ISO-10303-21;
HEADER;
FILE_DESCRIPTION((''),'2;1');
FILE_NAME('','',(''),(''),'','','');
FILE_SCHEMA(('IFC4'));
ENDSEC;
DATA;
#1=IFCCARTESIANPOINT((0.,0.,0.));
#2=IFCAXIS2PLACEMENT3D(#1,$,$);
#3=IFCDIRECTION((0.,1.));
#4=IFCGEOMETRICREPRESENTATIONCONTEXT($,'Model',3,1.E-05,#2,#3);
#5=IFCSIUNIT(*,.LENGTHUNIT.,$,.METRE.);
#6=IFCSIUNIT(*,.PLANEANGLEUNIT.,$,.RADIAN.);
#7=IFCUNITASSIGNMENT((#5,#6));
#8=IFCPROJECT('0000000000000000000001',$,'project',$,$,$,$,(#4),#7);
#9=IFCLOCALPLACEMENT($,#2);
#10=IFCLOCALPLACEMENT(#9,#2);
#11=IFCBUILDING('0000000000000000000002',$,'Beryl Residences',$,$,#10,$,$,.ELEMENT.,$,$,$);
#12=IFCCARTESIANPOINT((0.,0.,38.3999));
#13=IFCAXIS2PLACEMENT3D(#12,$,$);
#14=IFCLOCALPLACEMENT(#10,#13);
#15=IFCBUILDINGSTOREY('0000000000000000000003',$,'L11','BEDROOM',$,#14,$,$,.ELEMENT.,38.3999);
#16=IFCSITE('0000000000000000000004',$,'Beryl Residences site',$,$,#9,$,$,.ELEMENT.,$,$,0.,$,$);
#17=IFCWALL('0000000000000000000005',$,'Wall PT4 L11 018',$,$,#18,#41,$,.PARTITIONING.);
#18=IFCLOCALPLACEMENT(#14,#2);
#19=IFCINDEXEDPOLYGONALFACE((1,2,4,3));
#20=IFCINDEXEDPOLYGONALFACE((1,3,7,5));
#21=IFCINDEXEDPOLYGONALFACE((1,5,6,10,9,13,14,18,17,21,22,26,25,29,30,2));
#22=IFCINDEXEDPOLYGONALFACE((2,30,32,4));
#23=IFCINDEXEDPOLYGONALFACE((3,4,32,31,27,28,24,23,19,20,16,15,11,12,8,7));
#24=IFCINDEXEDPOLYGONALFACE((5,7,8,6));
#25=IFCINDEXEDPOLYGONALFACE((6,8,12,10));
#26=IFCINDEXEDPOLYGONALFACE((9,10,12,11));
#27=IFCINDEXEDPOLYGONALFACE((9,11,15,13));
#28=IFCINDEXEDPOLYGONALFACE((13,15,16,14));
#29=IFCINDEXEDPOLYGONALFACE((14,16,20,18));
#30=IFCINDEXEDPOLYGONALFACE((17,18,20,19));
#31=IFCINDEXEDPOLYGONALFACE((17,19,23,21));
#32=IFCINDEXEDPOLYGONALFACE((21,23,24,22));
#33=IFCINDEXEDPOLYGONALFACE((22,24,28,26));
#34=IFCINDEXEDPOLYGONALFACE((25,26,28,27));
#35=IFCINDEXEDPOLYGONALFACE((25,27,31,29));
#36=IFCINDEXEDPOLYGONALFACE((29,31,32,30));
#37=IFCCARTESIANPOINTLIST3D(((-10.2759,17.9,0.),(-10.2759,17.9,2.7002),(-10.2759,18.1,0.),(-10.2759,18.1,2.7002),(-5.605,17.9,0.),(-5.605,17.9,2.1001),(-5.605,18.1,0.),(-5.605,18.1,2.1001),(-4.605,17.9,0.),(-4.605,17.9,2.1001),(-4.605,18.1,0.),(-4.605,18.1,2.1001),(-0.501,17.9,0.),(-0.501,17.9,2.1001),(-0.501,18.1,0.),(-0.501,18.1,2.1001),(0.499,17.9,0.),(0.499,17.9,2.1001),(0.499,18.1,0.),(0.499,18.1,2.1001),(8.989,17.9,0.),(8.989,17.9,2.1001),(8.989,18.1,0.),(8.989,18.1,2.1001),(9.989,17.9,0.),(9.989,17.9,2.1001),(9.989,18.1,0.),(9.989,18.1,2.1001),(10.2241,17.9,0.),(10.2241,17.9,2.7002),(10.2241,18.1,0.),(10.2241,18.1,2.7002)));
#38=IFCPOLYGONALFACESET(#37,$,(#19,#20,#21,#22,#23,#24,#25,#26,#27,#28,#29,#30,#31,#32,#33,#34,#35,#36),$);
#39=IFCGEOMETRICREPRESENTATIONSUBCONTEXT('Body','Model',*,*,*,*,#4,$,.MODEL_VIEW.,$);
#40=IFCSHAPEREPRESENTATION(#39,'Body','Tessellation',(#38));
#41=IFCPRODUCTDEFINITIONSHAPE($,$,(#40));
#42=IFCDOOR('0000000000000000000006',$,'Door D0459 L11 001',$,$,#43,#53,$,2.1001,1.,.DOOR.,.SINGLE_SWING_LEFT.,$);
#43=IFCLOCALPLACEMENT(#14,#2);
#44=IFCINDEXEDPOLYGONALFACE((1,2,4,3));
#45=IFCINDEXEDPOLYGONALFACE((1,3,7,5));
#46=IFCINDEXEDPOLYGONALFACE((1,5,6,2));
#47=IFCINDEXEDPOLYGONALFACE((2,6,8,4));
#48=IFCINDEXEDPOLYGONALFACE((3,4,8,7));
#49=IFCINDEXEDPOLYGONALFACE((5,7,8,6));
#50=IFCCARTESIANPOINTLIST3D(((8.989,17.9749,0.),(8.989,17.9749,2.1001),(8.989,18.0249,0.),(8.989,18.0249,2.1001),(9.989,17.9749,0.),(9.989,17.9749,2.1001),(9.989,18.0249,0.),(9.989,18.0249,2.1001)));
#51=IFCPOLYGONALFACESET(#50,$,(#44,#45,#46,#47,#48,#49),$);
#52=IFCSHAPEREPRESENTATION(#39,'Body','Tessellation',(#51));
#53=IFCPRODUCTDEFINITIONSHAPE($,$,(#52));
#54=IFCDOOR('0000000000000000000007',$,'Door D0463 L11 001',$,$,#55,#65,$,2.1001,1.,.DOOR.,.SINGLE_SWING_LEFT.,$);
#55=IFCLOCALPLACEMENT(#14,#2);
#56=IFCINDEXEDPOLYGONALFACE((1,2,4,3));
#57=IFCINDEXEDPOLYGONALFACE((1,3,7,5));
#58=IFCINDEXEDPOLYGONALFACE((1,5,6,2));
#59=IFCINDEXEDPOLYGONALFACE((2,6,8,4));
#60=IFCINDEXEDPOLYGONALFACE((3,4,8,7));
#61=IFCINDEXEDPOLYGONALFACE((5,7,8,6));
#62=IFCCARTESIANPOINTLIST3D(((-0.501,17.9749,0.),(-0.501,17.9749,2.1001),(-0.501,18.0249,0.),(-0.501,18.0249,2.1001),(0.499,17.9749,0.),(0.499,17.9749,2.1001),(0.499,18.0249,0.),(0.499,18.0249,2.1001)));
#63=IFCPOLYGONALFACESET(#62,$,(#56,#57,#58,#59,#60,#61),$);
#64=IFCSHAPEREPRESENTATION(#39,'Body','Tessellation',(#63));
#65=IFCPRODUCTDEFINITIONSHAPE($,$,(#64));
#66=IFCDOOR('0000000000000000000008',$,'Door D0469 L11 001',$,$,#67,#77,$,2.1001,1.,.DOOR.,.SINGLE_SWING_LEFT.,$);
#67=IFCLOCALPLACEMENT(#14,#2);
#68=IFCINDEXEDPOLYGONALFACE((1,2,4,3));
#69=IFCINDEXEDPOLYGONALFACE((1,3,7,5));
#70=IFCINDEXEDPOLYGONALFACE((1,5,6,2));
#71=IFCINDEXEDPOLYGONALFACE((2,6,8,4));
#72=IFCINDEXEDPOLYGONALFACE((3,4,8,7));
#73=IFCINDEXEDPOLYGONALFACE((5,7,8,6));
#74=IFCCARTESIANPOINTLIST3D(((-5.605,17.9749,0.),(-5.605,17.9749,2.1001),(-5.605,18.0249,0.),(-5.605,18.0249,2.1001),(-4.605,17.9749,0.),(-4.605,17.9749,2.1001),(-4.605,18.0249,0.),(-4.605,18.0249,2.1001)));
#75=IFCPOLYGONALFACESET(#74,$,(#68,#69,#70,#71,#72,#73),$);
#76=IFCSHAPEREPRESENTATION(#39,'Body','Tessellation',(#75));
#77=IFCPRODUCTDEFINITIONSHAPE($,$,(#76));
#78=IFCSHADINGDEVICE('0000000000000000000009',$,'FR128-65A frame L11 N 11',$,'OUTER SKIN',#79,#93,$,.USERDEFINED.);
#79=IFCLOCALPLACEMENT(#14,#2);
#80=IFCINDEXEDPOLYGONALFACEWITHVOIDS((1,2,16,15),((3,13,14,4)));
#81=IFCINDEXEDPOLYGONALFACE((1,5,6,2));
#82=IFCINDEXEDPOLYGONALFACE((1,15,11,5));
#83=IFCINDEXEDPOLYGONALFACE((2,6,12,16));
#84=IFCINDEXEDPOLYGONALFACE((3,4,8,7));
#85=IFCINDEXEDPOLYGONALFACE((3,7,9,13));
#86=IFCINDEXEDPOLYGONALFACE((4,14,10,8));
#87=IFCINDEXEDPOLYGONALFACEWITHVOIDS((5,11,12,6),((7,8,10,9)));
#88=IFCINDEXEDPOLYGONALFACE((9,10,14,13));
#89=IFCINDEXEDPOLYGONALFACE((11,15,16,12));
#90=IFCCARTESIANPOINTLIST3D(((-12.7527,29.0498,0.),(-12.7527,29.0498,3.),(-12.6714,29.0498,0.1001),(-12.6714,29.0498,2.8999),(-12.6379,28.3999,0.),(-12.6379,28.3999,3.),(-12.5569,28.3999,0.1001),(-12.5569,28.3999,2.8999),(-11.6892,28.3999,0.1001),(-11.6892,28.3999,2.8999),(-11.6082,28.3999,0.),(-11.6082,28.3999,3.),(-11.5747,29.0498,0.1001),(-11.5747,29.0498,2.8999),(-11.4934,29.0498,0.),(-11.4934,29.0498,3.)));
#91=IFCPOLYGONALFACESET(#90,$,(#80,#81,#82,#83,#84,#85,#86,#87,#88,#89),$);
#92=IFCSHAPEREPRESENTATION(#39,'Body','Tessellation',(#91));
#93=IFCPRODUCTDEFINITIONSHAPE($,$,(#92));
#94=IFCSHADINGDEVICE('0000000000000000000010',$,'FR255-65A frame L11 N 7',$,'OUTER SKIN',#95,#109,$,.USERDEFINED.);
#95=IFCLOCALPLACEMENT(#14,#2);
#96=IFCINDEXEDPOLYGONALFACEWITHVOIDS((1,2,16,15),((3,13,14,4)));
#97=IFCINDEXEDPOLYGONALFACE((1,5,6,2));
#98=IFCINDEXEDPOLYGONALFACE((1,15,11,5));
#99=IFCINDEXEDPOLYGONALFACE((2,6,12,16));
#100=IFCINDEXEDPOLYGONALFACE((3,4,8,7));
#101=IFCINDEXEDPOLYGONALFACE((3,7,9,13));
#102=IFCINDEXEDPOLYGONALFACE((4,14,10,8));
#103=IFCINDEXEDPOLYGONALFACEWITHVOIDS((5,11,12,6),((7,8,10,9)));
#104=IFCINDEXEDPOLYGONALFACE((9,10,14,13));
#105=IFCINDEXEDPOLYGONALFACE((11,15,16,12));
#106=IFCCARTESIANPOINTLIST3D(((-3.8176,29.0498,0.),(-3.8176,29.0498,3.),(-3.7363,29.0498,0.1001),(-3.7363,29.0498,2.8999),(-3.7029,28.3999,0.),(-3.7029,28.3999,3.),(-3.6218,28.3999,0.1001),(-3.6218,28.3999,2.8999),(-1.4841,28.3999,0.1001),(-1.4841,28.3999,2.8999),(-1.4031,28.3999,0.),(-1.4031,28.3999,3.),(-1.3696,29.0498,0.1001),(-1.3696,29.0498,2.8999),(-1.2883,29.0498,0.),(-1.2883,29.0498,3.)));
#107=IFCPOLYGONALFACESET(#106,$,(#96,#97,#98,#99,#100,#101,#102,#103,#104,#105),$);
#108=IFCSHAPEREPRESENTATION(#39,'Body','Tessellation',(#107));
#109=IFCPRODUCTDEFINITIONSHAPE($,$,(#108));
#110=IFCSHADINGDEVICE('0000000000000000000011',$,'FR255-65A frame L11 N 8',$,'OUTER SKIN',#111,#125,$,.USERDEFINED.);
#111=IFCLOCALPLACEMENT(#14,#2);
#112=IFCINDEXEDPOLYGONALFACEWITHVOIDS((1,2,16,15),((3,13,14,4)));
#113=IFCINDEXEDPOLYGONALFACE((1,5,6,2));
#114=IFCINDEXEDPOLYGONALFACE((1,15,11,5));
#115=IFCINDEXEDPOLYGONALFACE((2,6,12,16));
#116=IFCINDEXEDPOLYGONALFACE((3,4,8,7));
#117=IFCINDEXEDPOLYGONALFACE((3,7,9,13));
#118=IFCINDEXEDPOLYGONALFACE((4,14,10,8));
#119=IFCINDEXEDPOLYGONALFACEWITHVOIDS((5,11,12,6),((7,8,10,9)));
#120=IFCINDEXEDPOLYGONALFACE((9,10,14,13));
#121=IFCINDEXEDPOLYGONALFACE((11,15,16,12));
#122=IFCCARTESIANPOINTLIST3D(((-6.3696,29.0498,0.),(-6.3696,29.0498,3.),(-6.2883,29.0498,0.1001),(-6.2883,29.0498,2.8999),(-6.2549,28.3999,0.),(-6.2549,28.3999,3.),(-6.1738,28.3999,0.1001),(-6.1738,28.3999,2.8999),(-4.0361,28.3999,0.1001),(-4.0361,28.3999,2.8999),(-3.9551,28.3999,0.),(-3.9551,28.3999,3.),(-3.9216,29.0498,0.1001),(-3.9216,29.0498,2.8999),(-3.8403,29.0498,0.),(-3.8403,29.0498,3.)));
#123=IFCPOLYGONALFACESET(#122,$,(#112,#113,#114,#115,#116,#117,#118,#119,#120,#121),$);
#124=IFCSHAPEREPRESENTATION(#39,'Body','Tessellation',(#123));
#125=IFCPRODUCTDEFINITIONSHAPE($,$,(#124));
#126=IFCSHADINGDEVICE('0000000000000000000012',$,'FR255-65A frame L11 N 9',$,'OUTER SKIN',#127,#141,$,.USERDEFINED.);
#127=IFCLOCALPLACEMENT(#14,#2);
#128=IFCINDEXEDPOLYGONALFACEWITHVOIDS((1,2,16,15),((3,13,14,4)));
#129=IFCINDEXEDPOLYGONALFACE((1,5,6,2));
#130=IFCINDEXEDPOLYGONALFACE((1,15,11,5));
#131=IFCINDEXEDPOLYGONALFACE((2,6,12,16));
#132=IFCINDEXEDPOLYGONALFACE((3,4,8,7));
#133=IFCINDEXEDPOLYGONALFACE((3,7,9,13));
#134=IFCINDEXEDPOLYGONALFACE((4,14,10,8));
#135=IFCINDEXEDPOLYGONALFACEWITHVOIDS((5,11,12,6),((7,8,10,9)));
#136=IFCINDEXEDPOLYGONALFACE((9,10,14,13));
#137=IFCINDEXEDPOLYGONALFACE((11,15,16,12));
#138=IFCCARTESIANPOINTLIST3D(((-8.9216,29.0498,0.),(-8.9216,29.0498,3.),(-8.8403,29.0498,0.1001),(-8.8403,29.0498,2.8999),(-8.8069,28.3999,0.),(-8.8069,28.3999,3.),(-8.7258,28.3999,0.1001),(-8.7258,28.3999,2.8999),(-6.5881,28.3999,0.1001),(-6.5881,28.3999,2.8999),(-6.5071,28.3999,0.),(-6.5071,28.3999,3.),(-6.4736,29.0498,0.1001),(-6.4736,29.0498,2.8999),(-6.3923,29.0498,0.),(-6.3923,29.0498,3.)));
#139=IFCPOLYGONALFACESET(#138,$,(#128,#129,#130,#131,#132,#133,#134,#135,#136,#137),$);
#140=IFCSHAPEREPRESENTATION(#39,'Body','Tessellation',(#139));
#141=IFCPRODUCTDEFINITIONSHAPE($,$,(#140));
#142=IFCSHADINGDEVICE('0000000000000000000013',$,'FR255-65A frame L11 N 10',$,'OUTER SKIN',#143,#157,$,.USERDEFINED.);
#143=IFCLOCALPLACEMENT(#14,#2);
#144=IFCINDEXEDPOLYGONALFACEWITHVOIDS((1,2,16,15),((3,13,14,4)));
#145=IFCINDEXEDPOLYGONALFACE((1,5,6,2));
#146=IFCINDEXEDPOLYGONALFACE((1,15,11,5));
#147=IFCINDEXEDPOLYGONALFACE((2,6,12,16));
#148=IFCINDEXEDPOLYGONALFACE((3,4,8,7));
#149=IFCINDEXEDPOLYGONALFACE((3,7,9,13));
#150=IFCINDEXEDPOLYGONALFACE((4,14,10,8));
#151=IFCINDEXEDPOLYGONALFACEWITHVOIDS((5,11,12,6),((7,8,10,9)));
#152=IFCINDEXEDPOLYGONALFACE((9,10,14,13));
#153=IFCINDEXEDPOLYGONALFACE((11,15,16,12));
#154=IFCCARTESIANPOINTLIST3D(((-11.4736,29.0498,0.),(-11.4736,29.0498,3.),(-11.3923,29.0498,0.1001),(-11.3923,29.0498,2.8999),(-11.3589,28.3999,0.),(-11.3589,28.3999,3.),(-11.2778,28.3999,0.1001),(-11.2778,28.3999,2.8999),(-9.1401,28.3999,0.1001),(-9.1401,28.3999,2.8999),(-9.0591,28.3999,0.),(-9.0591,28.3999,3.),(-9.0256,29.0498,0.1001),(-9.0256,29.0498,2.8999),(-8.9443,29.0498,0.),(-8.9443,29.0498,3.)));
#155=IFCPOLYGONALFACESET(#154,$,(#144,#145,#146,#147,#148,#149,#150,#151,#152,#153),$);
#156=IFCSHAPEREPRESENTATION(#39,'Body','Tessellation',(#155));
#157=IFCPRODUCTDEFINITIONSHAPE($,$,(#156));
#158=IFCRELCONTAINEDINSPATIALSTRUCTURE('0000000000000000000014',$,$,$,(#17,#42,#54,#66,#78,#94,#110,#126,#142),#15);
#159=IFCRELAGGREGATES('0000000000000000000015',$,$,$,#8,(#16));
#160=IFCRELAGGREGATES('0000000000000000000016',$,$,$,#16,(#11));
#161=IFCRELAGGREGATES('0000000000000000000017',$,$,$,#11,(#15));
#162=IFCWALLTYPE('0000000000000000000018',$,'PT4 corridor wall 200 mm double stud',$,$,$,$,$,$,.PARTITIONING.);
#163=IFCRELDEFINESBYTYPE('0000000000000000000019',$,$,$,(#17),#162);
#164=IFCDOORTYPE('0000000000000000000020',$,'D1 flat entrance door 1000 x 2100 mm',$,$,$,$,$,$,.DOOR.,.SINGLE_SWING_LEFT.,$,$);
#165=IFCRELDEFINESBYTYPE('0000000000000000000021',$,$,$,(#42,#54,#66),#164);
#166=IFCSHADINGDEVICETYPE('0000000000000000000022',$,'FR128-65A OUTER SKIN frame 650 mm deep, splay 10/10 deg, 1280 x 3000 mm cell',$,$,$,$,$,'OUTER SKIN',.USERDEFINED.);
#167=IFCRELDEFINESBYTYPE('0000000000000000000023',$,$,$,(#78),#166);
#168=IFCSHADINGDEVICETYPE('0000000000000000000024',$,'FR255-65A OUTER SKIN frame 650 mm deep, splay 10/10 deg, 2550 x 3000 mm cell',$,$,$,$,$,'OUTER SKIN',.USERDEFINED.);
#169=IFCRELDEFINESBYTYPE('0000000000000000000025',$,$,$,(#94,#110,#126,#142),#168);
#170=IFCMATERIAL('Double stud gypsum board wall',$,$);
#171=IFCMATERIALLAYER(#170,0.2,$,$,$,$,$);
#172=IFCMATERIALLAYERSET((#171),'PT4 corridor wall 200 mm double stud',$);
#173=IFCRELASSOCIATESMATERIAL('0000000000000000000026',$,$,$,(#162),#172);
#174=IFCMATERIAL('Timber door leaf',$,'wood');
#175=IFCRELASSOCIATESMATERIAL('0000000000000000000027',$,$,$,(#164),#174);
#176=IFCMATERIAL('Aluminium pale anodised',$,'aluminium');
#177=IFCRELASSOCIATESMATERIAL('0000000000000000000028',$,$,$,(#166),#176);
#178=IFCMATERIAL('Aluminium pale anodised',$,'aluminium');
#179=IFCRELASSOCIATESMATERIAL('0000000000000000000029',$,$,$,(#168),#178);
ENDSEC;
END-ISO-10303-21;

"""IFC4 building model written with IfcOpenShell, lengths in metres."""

from ifc_helpers import new_model, entity, si_unit, direction, frame, frame_2d, origin, place, context, subcontext, project, spatial, rectangle, extrude, source, transform, mapped, material, layer, layer_set, type_object, type_shapes, element, fill, save


model = new_model("IFC4")

# Units and contexts
model_context = context("Model", 3, precision=1e-05, world=origin(), true_north=direction((0.0, 1.0)))
body_context = subcontext(model_context, "Body", "Model", "MODEL_VIEW")
ifc_project = project(units=[si_unit("LENGTHUNIT", "METRE"), si_unit("PLANEANGLEUNIT", "RADIAN")], contexts=[model_context])

# Site, building, storey
site_placement = place(None, origin())
site = spatial("IfcSite", under=ifc_project, at=site_placement, Name="Beryl Residences site", CompositionType="ELEMENT", RefElevation=0.0)
building_placement = place(site_placement, origin())
building = spatial("IfcBuilding", under=site, at=building_placement, Name="Beryl Residences", CompositionType="ELEMENT")
storey_placement = place(building_placement, frame((0.0, 0.0, 38.3999)))
storey = spatial("IfcBuildingStorey", under=building, at=storey_placement, Name="L11", Description="BEDROOM", CompositionType="ELEMENT", Elevation=38.3999)

# Shared definitions
ifc_material_1 = material(Name="Double stud gypsum board wall")
ifc_layer_1 = layer(ifc_material_1, 0.2)
ifc_layer_set_1 = layer_set([ifc_layer_1], Name="PT4 corridor wall 200 mm double stud")
wall_type_1 = type_object("IfcWallType", Name="PT4 corridor wall 200 mm double stud", PredefinedType="PARTITIONING", material=ifc_layer_set_1)

# Wall, openings, doors
wall_1_placement = place(storey_placement, frame((-10.2759, 18.0, 0.0), z_axis=(0.0, 0.0, 1.0), x_axis=(1.0, 0.0, 0.0)))
wall_1 = element("IfcWall", 1, at=wall_1_placement, inside=storey, type_object=wall_type_1, Name="Wall PT4 L11 018", PredefinedType="PARTITIONING", context=body_context, shape_type="SweptSolid", body=[
    extrude(rectangle(XDim=20.5, YDim=0.2, at=frame_2d((10.25, 0.0))), origin(), (0.0, 0.0, 1.0), 2.7002),
])
opening_1_placement = place(wall_1_placement, frame((19.2649, 0.0, 0.0)))
opening_1 = element("IfcOpeningElement", 2, at=opening_1_placement, cuts=wall_1, PredefinedType="OPENING", context=body_context, shape_type="SweptSolid", body=[
    extrude(rectangle(XDim=1.0, YDim=2.1001, at=frame_2d((0.5, 1.05))), frame((0.0, 0.1099, 0.0), z_axis=(0.0, -1.0, 0.0), x_axis=(1.0, 0.0, 0.0)), (0.0, 0.0, 1.0), 0.22),
])
opening_2_placement = place(wall_1_placement, frame((9.7749, 0.0, 0.0)))
opening_2 = element("IfcOpeningElement", 3, at=opening_2_placement, cuts=wall_1, PredefinedType="OPENING", context=body_context, shape_type="SweptSolid", body=[
    extrude(rectangle(XDim=1.0, YDim=2.1001, at=frame_2d((0.5, 1.05))), frame((0.0, 0.1099, 0.0), z_axis=(0.0, -1.0, 0.0), x_axis=(1.0, 0.0, 0.0)), (0.0, 0.0, 1.0), 0.22),
])
opening_3_placement = place(wall_1_placement, frame((4.6709, 0.0, 0.0)))
opening_3 = element("IfcOpeningElement", 4, at=opening_3_placement, cuts=wall_1, PredefinedType="OPENING", context=body_context, shape_type="SweptSolid", body=[
    extrude(rectangle(XDim=1.0, YDim=2.1001, at=frame_2d((0.5, 1.05))), frame((0.0, 0.1099, 0.0), z_axis=(0.0, -1.0, 0.0), x_axis=(1.0, 0.0, 0.0)), (0.0, 0.0, 1.0), 0.22),
])
ifc_material_2 = material(Name="Timber door leaf", Category="wood")
door_type_1 = type_object("IfcDoorType", Name="D1 flat entrance door 1000 x 2100 mm", OperationType="SINGLE_SWING_LEFT", PredefinedType="DOOR", material=ifc_material_2)
door_1_placement = place(opening_1_placement, origin())
door_1 = element("IfcDoor", 5, at=door_1_placement, inside=storey, type_object=door_type_1, Name="Door D0459 L11 001", OperationType="SINGLE_SWING_LEFT", OverallHeight=2.1001, OverallWidth=1.0, PredefinedType="DOOR", context=body_context, shape_type="SweptSolid", body=[
    extrude(rectangle(XDim=1.0, YDim=2.1001, at=frame_2d((0.5, 1.05))), frame((0.0, 0.0249, 0.0), z_axis=(0.0, -1.0, 0.0), x_axis=(1.0, 0.0, 0.0)), (0.0, 0.0, 1.0), 0.05),
])
fill(opening_1, door_1)
door_2_placement = place(opening_2_placement, origin())
door_2 = element("IfcDoor", 6, at=door_2_placement, inside=storey, type_object=door_type_1, Name="Door D0463 L11 001", OperationType="SINGLE_SWING_LEFT", OverallHeight=2.1001, OverallWidth=1.0, PredefinedType="DOOR", context=body_context, shape_type="SweptSolid", body=[
    extrude(rectangle(XDim=1.0, YDim=2.1001, at=frame_2d((0.5, 1.05))), frame((0.0, 0.0249, 0.0), z_axis=(0.0, -1.0, 0.0), x_axis=(1.0, 0.0, 0.0)), (0.0, 0.0, 1.0), 0.05),
])
fill(opening_2, door_2)
door_3_placement = place(opening_3_placement, origin())
door_3 = element("IfcDoor", 7, at=door_3_placement, inside=storey, type_object=door_type_1, Name="Door D0469 L11 001", OperationType="SINGLE_SWING_LEFT", OverallHeight=2.1001, OverallWidth=1.0, PredefinedType="DOOR", context=body_context, shape_type="SweptSolid", body=[
    extrude(rectangle(XDim=1.0, YDim=2.1001, at=frame_2d((0.5, 1.05))), frame((0.0, 0.0249, 0.0), z_axis=(0.0, -1.0, 0.0), x_axis=(1.0, 0.0, 0.0)), (0.0, 0.0, 1.0), 0.05),
])
fill(opening_3, door_3)

# Shading devices
ifc_material_3 = material(Name="Aluminium pale anodised", Category="aluminium")
shading_device_type_1 = type_object("IfcShadingDeviceType", Name="FR128-65A OUTER SKIN frame 650 mm deep, splay 10/10 deg, 1280 x 3000 mm cell", ElementType="OUTER SKIN", PredefinedType="USERDEFINED", material=ifc_material_3)
cartesian_point_1 = entity("IfcCartesianPoint", [-0.5149, 0.0])
cartesian_point_2 = entity("IfcCartesianPoint", [-0.4338, 0.1001])
cartesian_point_3 = entity("IfcCartesianPoint", [-0.6296, 0.0])
cartesian_point_4 = entity("IfcCartesianPoint", [-0.5483, 0.1001])
shared_shape_1 = source(origin(), body_context, "Body", "SweptSolid", [
    entity("IfcExtrudedAreaSolidTapered", entity("IfcArbitraryProfileDefWithVoids", "AREA", None, entity("IfcPolyline", [cartesian_point_1, entity("IfcCartesianPoint", [0.5149, 0.0]), entity("IfcCartesianPoint", [0.5149, 3.0]), entity("IfcCartesianPoint", [-0.5149, 3.0]), cartesian_point_1]), [entity("IfcPolyline", [cartesian_point_2, entity("IfcCartesianPoint", [0.4338, 0.1001]), entity("IfcCartesianPoint", [0.4338, 2.8999]), entity("IfcCartesianPoint", [-0.4338, 2.8999]), cartesian_point_2])]), entity("IfcAxis2Placement3D", entity("IfcCartesianPoint", [0.0, 0.0, 0.0]), entity("IfcDirection", [0.0, 1.0, 0.0]), entity("IfcDirection", [-1.0, 0.0, 0.0])), entity("IfcDirection", [0.0, 0.0, 1.0]), 0.6499, entity("IfcArbitraryProfileDefWithVoids", "AREA", None, entity("IfcPolyline", [cartesian_point_3, entity("IfcCartesianPoint", [0.6296, 0.0]), entity("IfcCartesianPoint", [0.6296, 3.0]), entity("IfcCartesianPoint", [-0.6296, 3.0]), cartesian_point_3]), [entity("IfcPolyline", [cartesian_point_4, entity("IfcCartesianPoint", [0.5483, 0.1001]), entity("IfcCartesianPoint", [0.5483, 2.8999]), entity("IfcCartesianPoint", [-0.5483, 2.8999]), cartesian_point_4])])),
])
type_shapes(shading_device_type_1, [shared_shape_1])
shading_device_placement = place(storey_placement, frame((-12.123, 28.3999, 0.0), z_axis=(0.0, 0.0, 1.0), x_axis=(1.0, 0.0, 0.0)))
element("IfcShadingDevice", 8, at=shading_device_placement, inside=storey, type_object=shading_device_type_1, Name="FR128-65A frame L11 N 11", ObjectType="OUTER SKIN", PredefinedType="USERDEFINED", context=body_context, shape_type="MappedRepresentation", body=[
    mapped(shared_shape_1, transform((0.0, 0.0, 0.0))),
])
ifc_material_4 = material(Name="Aluminium pale anodised", Category="aluminium")
shading_device_type_2 = type_object("IfcShadingDeviceType", Name="FR255-65A OUTER SKIN frame 650 mm deep, splay 10/10 deg, 2550 x 3000 mm cell", ElementType="OUTER SKIN", PredefinedType="USERDEFINED", material=ifc_material_4)
cartesian_point_5 = entity("IfcCartesianPoint", [-1.1499, 0.0])
cartesian_point_6 = entity("IfcCartesianPoint", [-1.0688, 0.1001])
cartesian_point_7 = entity("IfcCartesianPoint", [-1.2646, 0.0])
cartesian_point_8 = entity("IfcCartesianPoint", [-1.1833, 0.1001])
shared_shape_2 = source(origin(), body_context, "Body", "SweptSolid", [
    entity("IfcExtrudedAreaSolidTapered", entity("IfcArbitraryProfileDefWithVoids", "AREA", None, entity("IfcPolyline", [cartesian_point_5, entity("IfcCartesianPoint", [1.1499, 0.0]), entity("IfcCartesianPoint", [1.1499, 3.0]), entity("IfcCartesianPoint", [-1.1499, 3.0]), cartesian_point_5]), [entity("IfcPolyline", [cartesian_point_6, entity("IfcCartesianPoint", [1.0688, 0.1001]), entity("IfcCartesianPoint", [1.0688, 2.8999]), entity("IfcCartesianPoint", [-1.0688, 2.8999]), cartesian_point_6])]), entity("IfcAxis2Placement3D", entity("IfcCartesianPoint", [0.0, 0.0, 0.0]), entity("IfcDirection", [0.0, 1.0, 0.0]), entity("IfcDirection", [-1.0, 0.0, 0.0])), entity("IfcDirection", [0.0, 0.0, 1.0]), 0.6499, entity("IfcArbitraryProfileDefWithVoids", "AREA", None, entity("IfcPolyline", [cartesian_point_7, entity("IfcCartesianPoint", [1.2646, 0.0]), entity("IfcCartesianPoint", [1.2646, 3.0]), entity("IfcCartesianPoint", [-1.2646, 3.0]), cartesian_point_7]), [entity("IfcPolyline", [cartesian_point_8, entity("IfcCartesianPoint", [1.1833, 0.1001]), entity("IfcCartesianPoint", [1.1833, 2.8999]), entity("IfcCartesianPoint", [-1.1833, 2.8999]), cartesian_point_8])])),
])
type_shapes(shading_device_type_2, [shared_shape_2])
for number, where, z_axis, x_axis, name in (
    (9, (-2.553, 28.3999, 0.0), (0.0, 0.0, 1.0), (1.0, 0.0, 0.0), "FR255-65A frame L11 N 7"),
    (10, (-5.105, 28.3999, 0.0), (0.0, 0.0, 1.0), (1.0, 0.0, 0.0), "FR255-65A frame L11 N 8"),
    (11, (-7.657, 28.3999, 0.0), (0.0, 0.0, 1.0), (1.0, 0.0, 0.0), "FR255-65A frame L11 N 9"),
    (12, (-10.209, 28.3999, 0.0), (0.0, 0.0, 1.0), (1.0, 0.0, 0.0), "FR255-65A frame L11 N 10"),
):
    element("IfcShadingDevice", number, at=place(storey_placement, frame(where, z_axis=z_axis, x_axis=x_axis)), inside=storey, type_object=shading_device_type_2, Name=name, ObjectType="OUTER SKIN", PredefinedType="USERDEFINED", context=body_context, shape_type="MappedRepresentation", body=[
        mapped(shared_shape_2, transform((0.0, 0.0, 0.0))),
    ])

save(model, "model.ifc")
